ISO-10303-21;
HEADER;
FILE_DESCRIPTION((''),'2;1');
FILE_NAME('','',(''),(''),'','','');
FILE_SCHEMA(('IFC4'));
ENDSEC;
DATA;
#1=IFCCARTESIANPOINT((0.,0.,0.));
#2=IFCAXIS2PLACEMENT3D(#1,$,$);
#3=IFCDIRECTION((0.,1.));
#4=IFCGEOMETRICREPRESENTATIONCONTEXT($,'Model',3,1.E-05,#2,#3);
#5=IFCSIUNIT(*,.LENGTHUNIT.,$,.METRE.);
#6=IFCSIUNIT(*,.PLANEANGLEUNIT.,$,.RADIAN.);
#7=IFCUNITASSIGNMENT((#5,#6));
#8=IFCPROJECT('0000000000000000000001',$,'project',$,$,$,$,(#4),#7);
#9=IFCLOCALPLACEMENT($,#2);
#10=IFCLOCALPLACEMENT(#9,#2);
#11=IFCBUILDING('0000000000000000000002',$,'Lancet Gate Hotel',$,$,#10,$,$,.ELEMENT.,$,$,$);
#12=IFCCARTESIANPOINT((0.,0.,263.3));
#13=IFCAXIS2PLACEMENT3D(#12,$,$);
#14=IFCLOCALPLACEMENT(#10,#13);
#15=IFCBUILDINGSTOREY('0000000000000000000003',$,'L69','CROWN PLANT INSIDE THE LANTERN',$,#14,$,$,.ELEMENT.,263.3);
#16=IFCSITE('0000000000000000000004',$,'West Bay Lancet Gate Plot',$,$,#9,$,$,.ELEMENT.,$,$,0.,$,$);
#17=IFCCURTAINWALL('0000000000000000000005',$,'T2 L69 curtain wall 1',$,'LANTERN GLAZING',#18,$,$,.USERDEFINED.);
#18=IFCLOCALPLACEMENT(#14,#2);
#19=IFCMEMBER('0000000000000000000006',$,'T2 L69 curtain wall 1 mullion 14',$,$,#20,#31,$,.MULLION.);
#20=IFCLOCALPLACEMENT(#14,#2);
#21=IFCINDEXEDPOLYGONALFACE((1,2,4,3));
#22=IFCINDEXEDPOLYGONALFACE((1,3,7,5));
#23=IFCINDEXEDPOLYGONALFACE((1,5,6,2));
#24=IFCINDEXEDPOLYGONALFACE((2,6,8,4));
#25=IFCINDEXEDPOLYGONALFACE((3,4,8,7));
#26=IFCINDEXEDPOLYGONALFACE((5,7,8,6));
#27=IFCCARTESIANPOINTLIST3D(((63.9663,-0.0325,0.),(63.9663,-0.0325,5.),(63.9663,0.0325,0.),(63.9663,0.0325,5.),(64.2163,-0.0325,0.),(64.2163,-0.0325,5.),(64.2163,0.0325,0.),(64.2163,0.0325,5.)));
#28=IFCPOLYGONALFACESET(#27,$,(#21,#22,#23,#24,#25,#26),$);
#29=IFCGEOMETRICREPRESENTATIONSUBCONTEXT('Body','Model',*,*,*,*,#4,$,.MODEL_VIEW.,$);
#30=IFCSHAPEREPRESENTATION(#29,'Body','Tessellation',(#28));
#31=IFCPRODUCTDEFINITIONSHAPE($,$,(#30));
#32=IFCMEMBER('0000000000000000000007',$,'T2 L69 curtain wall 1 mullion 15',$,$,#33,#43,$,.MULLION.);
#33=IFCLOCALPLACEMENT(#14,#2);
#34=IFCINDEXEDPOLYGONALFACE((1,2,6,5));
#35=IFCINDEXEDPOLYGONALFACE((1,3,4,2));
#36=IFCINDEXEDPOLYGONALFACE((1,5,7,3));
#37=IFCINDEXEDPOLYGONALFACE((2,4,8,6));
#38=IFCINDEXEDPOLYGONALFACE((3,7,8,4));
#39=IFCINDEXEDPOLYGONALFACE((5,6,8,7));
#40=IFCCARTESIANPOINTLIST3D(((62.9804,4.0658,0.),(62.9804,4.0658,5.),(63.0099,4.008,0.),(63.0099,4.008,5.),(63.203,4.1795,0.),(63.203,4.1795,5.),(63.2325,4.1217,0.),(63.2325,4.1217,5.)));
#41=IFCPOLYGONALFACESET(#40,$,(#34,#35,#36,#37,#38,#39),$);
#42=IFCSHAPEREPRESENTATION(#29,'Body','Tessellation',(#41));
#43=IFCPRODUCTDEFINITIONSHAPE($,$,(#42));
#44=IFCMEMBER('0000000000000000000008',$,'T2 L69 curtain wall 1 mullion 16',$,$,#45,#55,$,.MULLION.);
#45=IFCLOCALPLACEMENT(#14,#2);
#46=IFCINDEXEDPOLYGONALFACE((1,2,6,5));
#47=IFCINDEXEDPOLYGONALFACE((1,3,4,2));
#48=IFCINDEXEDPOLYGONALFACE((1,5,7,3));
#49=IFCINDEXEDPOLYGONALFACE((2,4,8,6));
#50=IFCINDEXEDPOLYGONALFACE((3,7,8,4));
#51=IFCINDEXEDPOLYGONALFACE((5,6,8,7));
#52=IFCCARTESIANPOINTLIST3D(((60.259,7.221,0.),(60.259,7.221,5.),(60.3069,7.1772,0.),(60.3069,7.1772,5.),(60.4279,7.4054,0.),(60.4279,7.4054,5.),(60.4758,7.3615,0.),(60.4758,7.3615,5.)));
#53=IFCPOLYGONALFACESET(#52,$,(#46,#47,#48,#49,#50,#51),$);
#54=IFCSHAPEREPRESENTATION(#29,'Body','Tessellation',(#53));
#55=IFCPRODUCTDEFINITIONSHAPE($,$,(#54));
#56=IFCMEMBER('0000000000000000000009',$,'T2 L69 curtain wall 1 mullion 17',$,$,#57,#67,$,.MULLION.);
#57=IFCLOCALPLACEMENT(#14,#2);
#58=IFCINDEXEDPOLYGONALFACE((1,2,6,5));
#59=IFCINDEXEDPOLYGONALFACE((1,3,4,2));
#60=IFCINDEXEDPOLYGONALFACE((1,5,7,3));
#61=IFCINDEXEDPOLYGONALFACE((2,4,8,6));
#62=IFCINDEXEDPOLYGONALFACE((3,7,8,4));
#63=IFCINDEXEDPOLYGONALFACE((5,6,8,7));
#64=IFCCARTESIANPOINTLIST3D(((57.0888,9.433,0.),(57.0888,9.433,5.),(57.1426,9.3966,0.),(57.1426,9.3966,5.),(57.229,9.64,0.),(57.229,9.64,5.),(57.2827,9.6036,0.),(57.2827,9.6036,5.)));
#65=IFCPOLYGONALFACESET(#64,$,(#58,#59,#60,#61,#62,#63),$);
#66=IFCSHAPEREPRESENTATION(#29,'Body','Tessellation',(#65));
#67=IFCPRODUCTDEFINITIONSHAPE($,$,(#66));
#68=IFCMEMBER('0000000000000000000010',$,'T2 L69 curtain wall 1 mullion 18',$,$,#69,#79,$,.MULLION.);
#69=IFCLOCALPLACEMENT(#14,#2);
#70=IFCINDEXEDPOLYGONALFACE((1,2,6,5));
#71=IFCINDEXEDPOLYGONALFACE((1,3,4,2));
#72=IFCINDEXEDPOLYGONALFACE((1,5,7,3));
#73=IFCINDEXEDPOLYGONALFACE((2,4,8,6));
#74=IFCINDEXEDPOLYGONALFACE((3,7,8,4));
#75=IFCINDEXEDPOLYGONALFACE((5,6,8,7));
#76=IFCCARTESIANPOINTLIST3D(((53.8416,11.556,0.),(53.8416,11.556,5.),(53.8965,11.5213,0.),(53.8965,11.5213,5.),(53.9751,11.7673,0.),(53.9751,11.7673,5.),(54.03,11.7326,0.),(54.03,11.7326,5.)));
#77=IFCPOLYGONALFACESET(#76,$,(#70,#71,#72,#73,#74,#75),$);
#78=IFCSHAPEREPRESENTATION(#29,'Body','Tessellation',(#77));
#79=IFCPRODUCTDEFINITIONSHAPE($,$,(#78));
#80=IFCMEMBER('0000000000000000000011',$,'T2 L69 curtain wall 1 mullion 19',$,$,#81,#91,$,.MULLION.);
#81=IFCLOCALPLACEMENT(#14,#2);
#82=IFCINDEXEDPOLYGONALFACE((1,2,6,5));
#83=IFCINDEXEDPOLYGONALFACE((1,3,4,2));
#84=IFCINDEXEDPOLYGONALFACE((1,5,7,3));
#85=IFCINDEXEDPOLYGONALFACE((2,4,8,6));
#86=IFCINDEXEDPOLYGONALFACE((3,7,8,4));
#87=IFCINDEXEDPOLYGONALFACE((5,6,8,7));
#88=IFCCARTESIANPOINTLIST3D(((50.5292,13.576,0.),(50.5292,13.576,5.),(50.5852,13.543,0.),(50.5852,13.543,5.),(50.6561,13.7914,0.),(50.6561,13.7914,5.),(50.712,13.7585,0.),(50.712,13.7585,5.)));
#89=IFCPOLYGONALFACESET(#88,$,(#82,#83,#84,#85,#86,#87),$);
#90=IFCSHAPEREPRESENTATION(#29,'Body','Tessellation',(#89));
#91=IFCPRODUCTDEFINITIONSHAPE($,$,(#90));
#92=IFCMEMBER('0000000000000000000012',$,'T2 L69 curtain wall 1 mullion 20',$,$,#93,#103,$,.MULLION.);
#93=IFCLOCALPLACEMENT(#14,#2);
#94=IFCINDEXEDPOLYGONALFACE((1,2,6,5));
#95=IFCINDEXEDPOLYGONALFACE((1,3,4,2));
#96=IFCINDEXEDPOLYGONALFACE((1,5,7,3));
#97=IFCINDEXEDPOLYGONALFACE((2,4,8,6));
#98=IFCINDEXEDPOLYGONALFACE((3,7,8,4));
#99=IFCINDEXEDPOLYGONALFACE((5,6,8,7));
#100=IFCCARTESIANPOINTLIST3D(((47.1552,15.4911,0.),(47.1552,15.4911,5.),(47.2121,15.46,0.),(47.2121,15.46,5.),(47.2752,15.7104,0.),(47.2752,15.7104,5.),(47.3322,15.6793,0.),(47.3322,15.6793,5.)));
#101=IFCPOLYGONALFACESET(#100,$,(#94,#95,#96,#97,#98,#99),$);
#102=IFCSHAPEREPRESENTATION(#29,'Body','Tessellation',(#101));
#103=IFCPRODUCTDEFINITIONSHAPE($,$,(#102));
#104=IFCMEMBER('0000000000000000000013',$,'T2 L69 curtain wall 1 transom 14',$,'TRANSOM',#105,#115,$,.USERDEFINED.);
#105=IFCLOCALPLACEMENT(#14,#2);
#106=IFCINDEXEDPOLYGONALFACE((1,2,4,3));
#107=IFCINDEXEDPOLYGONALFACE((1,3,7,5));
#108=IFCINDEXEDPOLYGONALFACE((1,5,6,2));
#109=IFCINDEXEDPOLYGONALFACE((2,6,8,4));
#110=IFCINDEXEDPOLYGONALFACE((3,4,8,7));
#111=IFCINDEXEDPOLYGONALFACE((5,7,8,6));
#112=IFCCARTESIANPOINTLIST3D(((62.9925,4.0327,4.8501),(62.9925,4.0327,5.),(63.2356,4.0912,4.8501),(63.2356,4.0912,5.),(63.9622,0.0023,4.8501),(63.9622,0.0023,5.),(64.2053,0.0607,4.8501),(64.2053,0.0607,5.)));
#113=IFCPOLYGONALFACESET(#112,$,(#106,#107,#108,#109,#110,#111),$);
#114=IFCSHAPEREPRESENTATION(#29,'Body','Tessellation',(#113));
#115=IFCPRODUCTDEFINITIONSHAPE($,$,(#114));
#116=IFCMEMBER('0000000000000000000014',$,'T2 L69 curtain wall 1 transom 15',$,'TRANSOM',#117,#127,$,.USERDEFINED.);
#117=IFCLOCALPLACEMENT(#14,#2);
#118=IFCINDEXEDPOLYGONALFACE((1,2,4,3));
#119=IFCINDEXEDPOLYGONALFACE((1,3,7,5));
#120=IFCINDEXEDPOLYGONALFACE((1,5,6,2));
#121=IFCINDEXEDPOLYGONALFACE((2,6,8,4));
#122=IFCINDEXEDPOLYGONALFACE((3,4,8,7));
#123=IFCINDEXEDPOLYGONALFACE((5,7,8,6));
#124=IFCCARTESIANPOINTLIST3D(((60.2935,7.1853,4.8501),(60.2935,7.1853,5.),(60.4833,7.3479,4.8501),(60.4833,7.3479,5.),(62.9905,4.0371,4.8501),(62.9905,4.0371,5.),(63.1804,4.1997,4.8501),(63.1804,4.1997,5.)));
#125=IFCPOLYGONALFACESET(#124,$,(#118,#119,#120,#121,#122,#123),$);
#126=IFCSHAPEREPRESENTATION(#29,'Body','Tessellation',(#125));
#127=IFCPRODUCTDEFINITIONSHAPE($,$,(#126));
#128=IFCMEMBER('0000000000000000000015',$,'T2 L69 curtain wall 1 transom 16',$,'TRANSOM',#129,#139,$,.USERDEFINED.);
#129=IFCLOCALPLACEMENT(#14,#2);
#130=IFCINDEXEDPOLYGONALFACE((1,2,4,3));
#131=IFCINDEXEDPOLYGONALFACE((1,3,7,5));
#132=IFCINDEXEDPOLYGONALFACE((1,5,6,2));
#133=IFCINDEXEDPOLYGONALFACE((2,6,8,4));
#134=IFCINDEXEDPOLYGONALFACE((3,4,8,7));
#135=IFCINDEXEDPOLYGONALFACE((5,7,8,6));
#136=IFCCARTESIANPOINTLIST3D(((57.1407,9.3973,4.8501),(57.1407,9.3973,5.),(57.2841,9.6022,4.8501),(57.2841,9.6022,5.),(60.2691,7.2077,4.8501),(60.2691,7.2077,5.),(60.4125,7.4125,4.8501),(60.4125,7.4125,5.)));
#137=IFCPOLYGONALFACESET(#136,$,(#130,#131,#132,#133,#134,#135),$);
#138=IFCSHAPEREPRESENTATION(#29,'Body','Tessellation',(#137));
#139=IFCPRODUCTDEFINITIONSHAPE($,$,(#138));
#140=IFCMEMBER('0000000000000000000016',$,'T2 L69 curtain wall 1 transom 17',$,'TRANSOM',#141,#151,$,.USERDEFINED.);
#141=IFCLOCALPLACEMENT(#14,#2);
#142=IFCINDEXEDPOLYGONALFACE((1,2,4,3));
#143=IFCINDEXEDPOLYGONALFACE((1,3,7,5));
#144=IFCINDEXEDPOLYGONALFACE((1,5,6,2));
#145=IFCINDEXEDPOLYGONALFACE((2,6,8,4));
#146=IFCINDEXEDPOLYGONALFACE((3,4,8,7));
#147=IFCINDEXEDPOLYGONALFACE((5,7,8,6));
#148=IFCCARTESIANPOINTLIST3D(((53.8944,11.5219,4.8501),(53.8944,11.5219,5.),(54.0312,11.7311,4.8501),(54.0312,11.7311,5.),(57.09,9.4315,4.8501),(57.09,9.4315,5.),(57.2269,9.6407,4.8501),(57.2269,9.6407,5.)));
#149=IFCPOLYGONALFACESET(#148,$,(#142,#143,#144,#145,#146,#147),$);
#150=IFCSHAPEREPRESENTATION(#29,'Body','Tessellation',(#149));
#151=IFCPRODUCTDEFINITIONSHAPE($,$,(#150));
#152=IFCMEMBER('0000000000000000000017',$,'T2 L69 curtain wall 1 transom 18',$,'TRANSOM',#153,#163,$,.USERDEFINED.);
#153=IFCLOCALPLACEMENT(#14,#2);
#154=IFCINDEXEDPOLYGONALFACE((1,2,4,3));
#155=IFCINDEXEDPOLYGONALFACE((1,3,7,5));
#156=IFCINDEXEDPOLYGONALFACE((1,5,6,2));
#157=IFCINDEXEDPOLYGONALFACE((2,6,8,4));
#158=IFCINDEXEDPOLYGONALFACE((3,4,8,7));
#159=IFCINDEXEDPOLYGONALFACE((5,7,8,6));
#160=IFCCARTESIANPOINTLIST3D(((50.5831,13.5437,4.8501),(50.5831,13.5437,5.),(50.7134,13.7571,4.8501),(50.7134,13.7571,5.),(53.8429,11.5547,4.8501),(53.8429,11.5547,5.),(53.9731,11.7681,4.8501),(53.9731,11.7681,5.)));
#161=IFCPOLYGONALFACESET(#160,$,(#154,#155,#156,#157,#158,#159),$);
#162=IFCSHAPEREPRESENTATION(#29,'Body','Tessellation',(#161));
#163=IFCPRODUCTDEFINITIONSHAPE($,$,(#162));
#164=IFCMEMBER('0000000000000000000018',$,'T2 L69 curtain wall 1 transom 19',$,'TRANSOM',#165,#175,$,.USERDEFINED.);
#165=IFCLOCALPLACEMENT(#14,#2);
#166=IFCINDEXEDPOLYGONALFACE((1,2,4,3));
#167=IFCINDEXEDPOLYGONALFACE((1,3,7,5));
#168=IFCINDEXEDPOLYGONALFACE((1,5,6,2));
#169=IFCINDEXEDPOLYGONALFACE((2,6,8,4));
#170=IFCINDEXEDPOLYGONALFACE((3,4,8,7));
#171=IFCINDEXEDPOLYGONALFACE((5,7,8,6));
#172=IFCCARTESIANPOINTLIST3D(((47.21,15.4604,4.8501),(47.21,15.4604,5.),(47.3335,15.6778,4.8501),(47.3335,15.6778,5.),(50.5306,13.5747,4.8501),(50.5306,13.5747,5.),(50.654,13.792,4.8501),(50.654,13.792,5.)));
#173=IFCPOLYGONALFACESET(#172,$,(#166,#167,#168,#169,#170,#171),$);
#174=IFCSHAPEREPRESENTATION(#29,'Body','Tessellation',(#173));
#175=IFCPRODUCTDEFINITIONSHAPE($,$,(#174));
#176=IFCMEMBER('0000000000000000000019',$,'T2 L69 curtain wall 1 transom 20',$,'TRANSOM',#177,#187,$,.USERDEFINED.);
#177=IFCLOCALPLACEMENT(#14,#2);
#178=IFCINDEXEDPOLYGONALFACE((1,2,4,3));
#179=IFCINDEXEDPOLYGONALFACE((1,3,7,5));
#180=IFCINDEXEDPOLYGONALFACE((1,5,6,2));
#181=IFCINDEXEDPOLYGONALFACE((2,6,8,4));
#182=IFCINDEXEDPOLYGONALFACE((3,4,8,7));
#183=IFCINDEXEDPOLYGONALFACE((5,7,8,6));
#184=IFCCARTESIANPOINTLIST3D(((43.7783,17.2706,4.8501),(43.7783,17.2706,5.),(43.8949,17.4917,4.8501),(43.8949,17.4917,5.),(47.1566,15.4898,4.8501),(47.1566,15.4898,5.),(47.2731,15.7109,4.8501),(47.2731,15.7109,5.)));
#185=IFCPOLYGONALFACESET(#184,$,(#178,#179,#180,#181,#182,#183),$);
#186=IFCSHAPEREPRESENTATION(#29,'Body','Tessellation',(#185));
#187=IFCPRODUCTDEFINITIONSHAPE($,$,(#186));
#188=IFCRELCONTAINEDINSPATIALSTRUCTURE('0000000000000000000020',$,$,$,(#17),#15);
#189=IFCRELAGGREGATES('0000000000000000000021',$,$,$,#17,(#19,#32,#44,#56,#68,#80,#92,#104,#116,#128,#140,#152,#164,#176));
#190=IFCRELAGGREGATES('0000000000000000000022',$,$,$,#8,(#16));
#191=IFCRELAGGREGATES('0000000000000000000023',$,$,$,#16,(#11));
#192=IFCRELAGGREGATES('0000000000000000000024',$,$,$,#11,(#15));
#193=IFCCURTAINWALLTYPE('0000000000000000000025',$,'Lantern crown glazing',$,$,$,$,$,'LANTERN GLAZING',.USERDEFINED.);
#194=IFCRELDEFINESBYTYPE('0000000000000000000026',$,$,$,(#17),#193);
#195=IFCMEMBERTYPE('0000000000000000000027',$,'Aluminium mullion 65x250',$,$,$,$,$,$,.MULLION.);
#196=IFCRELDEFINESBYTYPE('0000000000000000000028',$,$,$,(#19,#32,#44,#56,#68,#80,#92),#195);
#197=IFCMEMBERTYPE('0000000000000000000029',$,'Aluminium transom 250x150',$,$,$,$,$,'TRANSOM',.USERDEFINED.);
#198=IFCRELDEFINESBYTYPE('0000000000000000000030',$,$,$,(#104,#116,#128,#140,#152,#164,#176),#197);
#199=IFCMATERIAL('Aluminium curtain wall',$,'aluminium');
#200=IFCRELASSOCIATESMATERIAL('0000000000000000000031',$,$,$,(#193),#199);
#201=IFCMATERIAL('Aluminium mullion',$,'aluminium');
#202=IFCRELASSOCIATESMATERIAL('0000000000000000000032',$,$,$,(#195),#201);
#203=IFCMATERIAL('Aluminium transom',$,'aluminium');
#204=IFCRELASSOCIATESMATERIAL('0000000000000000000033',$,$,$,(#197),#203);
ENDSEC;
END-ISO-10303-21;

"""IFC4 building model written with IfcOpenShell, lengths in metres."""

from ifc_helpers import new_model, si_unit, direction, frame, origin, origin_2d, place, context, subcontext, project, spatial, rectangle, extrude, material, material_profile, profile_set, type_object, element, aggregate, save


model = new_model("IFC4")

# Units and contexts
model_context = context("Model", 3, precision=1e-05, world=origin(), true_north=direction((0.0, 1.0)))
body_context = subcontext(model_context, "Body", "Model", "MODEL_VIEW")
ifc_project = project(units=[si_unit("LENGTHUNIT", "METRE"), si_unit("PLANEANGLEUNIT", "RADIAN")], contexts=[model_context])

# Site, building, storey
site_placement = place(None, origin())
site = spatial("IfcSite", under=ifc_project, at=site_placement, Name="West Bay Lancet Gate Plot", CompositionType="ELEMENT", RefElevation=0.0)
building_placement = place(site_placement, origin())
building = spatial("IfcBuilding", under=site, at=building_placement, Name="Lancet Gate Hotel", CompositionType="ELEMENT")
storey_placement = place(building_placement, frame((0.0, 0.0, 263.3)))
storey = spatial("IfcBuildingStorey", under=building, at=storey_placement, Name="L69", Description="CROWN PLANT INSIDE THE LANTERN", CompositionType="ELEMENT", Elevation=263.3)

# Curtain wall, members
ifc_material_1 = material(Name="Aluminium curtain wall", Category="aluminium")
curtain_wall_type = type_object("IfcCurtainWallType", Name="Lantern crown glazing", ElementType="LANTERN GLAZING", PredefinedType="USERDEFINED", material=ifc_material_1)
curtain_wall_placement = place(storey_placement, origin())
curtain_wall = element("IfcCurtainWall", 1, at=curtain_wall_placement, inside=storey, type_object=curtain_wall_type, Name="T2 L69 curtain wall 1", ObjectType="LANTERN GLAZING", PredefinedType="USERDEFINED")
ifc_material_2 = material(Name="Aluminium mullion", Category="aluminium")
ifc_material_profile_1 = material_profile(ifc_material_2, rectangle(XDim=0.0649, YDim=0.25, at=origin_2d()), Name="MULLION 65x250")
ifc_profile_set_1 = profile_set([ifc_material_profile_1], Name="Aluminium mullion")
member_type_1 = type_object("IfcMemberType", Name="Aluminium mullion 65x250", PredefinedType="MULLION", material=ifc_profile_set_1)
member_1_placement = place(storey_placement, frame((64.0913, 0.0, 0.0), z_axis=(0.0, 0.0, 1.0), x_axis=(0.0, 1.0, 0.0)))
member_1 = element("IfcMember", 2, at=member_1_placement, type_object=member_type_1, Name="T2 L69 curtain wall 1 mullion 14", PredefinedType="MULLION", context=body_context, shape_type="SweptSolid", body=[
    extrude(rectangle(XDim=0.0649, YDim=0.25, at=origin_2d()), origin(), (0.0, 0.0, 1.0), 5.0),
])
member_2_placement = place(storey_placement, frame((63.1064, 4.0938, 0.0), z_axis=(0.0, 0.0, 1.0), x_axis=(-0.454853, 0.890567, 0.0)))
member_2 = element("IfcMember", 3, at=member_2_placement, type_object=member_type_1, Name="T2 L69 curtain wall 1 mullion 15", PredefinedType="MULLION", context=body_context, shape_type="SweptSolid", body=[
    extrude(rectangle(XDim=0.0649, YDim=0.25, at=origin_2d()), origin(), (0.0, 0.0, 1.0), 5.0),
])
member_3_placement = place(storey_placement, frame((60.3674, 7.2913, 0.0), z_axis=(0.0, 0.0, 1.0), x_axis=(-0.737323, 0.67554, 0.0)))
member_3 = element("IfcMember", 4, at=member_3_placement, type_object=member_type_1, Name="T2 L69 curtain wall 1 mullion 16", PredefinedType="MULLION", context=body_context, shape_type="SweptSolid", body=[
    extrude(rectangle(XDim=0.0649, YDim=0.25, at=origin_2d()), origin(), (0.0, 0.0, 1.0), 5.0),
])
member_4_placement = place(storey_placement, frame((57.1858, 9.5183, 0.0), z_axis=(0.0, 0.0, 1.0), x_axis=(-0.828155, 0.5605, 0.0)))
member_4 = element("IfcMember", 5, at=member_4_placement, type_object=member_type_1, Name="T2 L69 curtain wall 1 mullion 17", PredefinedType="MULLION", context=body_context, shape_type="SweptSolid", body=[
    extrude(rectangle(XDim=0.0649, YDim=0.25, at=origin_2d()), origin(), (0.0, 0.0, 1.0), 5.0),
])
member_5_placement = place(storey_placement, frame((53.9358, 11.6443, 0.0), z_axis=(0.0, 0.0, 1.0), x_axis=(-0.84534, 0.534229, 0.0)))
member_5 = element("IfcMember", 6, at=member_5_placement, type_object=member_type_1, Name="T2 L69 curtain wall 1 mullion 18", PredefinedType="MULLION", context=body_context, shape_type="SweptSolid", body=[
    extrude(rectangle(XDim=0.0649, YDim=0.25, at=origin_2d()), origin(), (0.0, 0.0, 1.0), 5.0),
])
member_6_placement = place(storey_placement, frame((50.6206, 13.6672, 0.0), z_axis=(0.0, 0.0, 1.0), x_axis=(-0.861692, 0.507432, 0.0)))
member_6 = element("IfcMember", 7, at=member_6_placement, type_object=member_type_1, Name="T2 L69 curtain wall 1 mullion 19", PredefinedType="MULLION", context=body_context, shape_type="SweptSolid", body=[
    extrude(rectangle(XDim=0.0649, YDim=0.25, at=origin_2d()), origin(), (0.0, 0.0, 1.0), 5.0),
])
member_7_placement = place(storey_placement, frame((47.2437, 15.5852, 0.0), z_axis=(0.0, 0.0, 1.0), x_axis=(-0.877195, 0.480135, 0.0)))
member_7 = element("IfcMember", 8, at=member_7_placement, type_object=member_type_1, Name="T2 L69 curtain wall 1 mullion 20", PredefinedType="MULLION", context=body_context, shape_type="SweptSolid", body=[
    extrude(rectangle(XDim=0.0649, YDim=0.25, at=origin_2d()), origin(), (0.0, 0.0, 1.0), 5.0),
])
ifc_material_3 = material(Name="Aluminium transom", Category="aluminium")
ifc_material_profile_2 = material_profile(ifc_material_3, rectangle(XDim=0.25, YDim=0.1499, at=origin_2d()), Name="TRANSOM 250x150")
ifc_profile_set_2 = profile_set([ifc_material_profile_2], Name="Aluminium transom")
member_type_2 = type_object("IfcMemberType", Name="Aluminium transom 250x150", ElementType="TRANSOM", PredefinedType="USERDEFINED", material=ifc_profile_set_2)
member_8_placement = place(storey_placement, frame((64.0837, 0.0315, 4.925), z_axis=(-0.233921, 0.972256, 0.0), x_axis=(-0.972256, -0.233921, 0.0)))
member_8 = element("IfcMember", 9, at=member_8_placement, type_object=member_type_2, Name="T2 L69 curtain wall 1 transom 14", ObjectType="TRANSOM", PredefinedType="USERDEFINED", context=body_context, shape_type="SweptSolid", body=[
    extrude(rectangle(XDim=0.25, YDim=0.1499, at=origin_2d()), origin(), (0.0, 0.0, 1.0), 4.1455),
])
member_9_placement = place(storey_placement, frame((63.0854, 4.1184, 4.925), z_axis=(-0.650593, 0.759427, 0.0), x_axis=(-0.759427, -0.650593, 0.0)))
member_9 = element("IfcMember", 10, at=member_9_placement, type_object=member_type_2, Name="T2 L69 curtain wall 1 transom 15", ObjectType="TRANSOM", PredefinedType="USERDEFINED", context=body_context, shape_type="SweptSolid", body=[
    extrude(rectangle(XDim=0.25, YDim=0.1499, at=origin_2d()), origin(), (0.0, 0.0, 1.0), 4.1455),
])
member_10_placement = place(storey_placement, frame((60.3408, 7.3101, 4.925), z_axis=(-0.819256, 0.573428, 0.0), x_axis=(-0.573428, -0.819256, 0.0)))
member_10 = element("IfcMember", 11, at=member_10_placement, type_object=member_type_2, Name="T2 L69 curtain wall 1 transom 16", ObjectType="TRANSOM", PredefinedType="USERDEFINED", context=body_context, shape_type="SweptSolid", body=[
    extrude(rectangle(XDim=0.25, YDim=0.1499, at=origin_2d()), origin(), (0.0, 0.0, 1.0), 3.8186),
])
member_11_placement = place(storey_placement, frame((57.1584, 9.5361, 4.925), z_axis=(-0.836858, 0.54742, 0.0), x_axis=(-0.54742, -0.836858, 0.0)))
member_11 = element("IfcMember", 12, at=member_11_placement, type_object=member_type_2, Name="T2 L69 curtain wall 1 transom 17", ObjectType="TRANSOM", PredefinedType="USERDEFINED", context=body_context, shape_type="SweptSolid", body=[
    extrude(rectangle(XDim=0.25, YDim=0.1499, at=origin_2d()), origin(), (0.0, 0.0, 1.0), 3.8186),
])
member_12_placement = place(storey_placement, frame((53.908, 11.6614, 4.925), z_axis=(-0.853639, 0.520865, 0.0), x_axis=(-0.520865, -0.853639, 0.0)))
member_12 = element("IfcMember", 13, at=member_12_placement, type_object=member_type_2, Name="T2 L69 curtain wall 1 transom 18", ObjectType="TRANSOM", PredefinedType="USERDEFINED", context=body_context, shape_type="SweptSolid", body=[
    extrude(rectangle(XDim=0.25, YDim=0.1499, at=origin_2d()), origin(), (0.0, 0.0, 1.0), 3.8186),
])
member_13_placement = place(storey_placement, frame((50.5923, 13.6833, 4.925), z_axis=(-0.869562, 0.493824, 0.0), x_axis=(-0.493824, -0.869562, 0.0)))
member_13 = element("IfcMember", 14, at=member_13_placement, type_object=member_type_2, Name="T2 L69 curtain wall 1 transom 19", ObjectType="TRANSOM", PredefinedType="USERDEFINED", context=body_context, shape_type="SweptSolid", body=[
    extrude(rectangle(XDim=0.25, YDim=0.1499, at=origin_2d()), origin(), (0.0, 0.0, 1.0), 3.8186),
])
member_14_placement = place(storey_placement, frame((47.2148, 15.6003, 4.925), z_axis=(-0.884618, 0.466315, 0.0), x_axis=(-0.466315, -0.884618, 0.0)))
member_14 = element("IfcMember", 15, at=member_14_placement, type_object=member_type_2, Name="T2 L69 curtain wall 1 transom 20", ObjectType="TRANSOM", PredefinedType="USERDEFINED", context=body_context, shape_type="SweptSolid", body=[
    extrude(rectangle(XDim=0.25, YDim=0.1499, at=origin_2d()), origin(), (0.0, 0.0, 1.0), 3.8188),
])

aggregate(curtain_wall, [member_1, member_2, member_3, member_4, member_5, member_6, member_7, member_8, member_9, member_10, member_11, member_12, member_13, member_14])

save(model, "model.ifc")
